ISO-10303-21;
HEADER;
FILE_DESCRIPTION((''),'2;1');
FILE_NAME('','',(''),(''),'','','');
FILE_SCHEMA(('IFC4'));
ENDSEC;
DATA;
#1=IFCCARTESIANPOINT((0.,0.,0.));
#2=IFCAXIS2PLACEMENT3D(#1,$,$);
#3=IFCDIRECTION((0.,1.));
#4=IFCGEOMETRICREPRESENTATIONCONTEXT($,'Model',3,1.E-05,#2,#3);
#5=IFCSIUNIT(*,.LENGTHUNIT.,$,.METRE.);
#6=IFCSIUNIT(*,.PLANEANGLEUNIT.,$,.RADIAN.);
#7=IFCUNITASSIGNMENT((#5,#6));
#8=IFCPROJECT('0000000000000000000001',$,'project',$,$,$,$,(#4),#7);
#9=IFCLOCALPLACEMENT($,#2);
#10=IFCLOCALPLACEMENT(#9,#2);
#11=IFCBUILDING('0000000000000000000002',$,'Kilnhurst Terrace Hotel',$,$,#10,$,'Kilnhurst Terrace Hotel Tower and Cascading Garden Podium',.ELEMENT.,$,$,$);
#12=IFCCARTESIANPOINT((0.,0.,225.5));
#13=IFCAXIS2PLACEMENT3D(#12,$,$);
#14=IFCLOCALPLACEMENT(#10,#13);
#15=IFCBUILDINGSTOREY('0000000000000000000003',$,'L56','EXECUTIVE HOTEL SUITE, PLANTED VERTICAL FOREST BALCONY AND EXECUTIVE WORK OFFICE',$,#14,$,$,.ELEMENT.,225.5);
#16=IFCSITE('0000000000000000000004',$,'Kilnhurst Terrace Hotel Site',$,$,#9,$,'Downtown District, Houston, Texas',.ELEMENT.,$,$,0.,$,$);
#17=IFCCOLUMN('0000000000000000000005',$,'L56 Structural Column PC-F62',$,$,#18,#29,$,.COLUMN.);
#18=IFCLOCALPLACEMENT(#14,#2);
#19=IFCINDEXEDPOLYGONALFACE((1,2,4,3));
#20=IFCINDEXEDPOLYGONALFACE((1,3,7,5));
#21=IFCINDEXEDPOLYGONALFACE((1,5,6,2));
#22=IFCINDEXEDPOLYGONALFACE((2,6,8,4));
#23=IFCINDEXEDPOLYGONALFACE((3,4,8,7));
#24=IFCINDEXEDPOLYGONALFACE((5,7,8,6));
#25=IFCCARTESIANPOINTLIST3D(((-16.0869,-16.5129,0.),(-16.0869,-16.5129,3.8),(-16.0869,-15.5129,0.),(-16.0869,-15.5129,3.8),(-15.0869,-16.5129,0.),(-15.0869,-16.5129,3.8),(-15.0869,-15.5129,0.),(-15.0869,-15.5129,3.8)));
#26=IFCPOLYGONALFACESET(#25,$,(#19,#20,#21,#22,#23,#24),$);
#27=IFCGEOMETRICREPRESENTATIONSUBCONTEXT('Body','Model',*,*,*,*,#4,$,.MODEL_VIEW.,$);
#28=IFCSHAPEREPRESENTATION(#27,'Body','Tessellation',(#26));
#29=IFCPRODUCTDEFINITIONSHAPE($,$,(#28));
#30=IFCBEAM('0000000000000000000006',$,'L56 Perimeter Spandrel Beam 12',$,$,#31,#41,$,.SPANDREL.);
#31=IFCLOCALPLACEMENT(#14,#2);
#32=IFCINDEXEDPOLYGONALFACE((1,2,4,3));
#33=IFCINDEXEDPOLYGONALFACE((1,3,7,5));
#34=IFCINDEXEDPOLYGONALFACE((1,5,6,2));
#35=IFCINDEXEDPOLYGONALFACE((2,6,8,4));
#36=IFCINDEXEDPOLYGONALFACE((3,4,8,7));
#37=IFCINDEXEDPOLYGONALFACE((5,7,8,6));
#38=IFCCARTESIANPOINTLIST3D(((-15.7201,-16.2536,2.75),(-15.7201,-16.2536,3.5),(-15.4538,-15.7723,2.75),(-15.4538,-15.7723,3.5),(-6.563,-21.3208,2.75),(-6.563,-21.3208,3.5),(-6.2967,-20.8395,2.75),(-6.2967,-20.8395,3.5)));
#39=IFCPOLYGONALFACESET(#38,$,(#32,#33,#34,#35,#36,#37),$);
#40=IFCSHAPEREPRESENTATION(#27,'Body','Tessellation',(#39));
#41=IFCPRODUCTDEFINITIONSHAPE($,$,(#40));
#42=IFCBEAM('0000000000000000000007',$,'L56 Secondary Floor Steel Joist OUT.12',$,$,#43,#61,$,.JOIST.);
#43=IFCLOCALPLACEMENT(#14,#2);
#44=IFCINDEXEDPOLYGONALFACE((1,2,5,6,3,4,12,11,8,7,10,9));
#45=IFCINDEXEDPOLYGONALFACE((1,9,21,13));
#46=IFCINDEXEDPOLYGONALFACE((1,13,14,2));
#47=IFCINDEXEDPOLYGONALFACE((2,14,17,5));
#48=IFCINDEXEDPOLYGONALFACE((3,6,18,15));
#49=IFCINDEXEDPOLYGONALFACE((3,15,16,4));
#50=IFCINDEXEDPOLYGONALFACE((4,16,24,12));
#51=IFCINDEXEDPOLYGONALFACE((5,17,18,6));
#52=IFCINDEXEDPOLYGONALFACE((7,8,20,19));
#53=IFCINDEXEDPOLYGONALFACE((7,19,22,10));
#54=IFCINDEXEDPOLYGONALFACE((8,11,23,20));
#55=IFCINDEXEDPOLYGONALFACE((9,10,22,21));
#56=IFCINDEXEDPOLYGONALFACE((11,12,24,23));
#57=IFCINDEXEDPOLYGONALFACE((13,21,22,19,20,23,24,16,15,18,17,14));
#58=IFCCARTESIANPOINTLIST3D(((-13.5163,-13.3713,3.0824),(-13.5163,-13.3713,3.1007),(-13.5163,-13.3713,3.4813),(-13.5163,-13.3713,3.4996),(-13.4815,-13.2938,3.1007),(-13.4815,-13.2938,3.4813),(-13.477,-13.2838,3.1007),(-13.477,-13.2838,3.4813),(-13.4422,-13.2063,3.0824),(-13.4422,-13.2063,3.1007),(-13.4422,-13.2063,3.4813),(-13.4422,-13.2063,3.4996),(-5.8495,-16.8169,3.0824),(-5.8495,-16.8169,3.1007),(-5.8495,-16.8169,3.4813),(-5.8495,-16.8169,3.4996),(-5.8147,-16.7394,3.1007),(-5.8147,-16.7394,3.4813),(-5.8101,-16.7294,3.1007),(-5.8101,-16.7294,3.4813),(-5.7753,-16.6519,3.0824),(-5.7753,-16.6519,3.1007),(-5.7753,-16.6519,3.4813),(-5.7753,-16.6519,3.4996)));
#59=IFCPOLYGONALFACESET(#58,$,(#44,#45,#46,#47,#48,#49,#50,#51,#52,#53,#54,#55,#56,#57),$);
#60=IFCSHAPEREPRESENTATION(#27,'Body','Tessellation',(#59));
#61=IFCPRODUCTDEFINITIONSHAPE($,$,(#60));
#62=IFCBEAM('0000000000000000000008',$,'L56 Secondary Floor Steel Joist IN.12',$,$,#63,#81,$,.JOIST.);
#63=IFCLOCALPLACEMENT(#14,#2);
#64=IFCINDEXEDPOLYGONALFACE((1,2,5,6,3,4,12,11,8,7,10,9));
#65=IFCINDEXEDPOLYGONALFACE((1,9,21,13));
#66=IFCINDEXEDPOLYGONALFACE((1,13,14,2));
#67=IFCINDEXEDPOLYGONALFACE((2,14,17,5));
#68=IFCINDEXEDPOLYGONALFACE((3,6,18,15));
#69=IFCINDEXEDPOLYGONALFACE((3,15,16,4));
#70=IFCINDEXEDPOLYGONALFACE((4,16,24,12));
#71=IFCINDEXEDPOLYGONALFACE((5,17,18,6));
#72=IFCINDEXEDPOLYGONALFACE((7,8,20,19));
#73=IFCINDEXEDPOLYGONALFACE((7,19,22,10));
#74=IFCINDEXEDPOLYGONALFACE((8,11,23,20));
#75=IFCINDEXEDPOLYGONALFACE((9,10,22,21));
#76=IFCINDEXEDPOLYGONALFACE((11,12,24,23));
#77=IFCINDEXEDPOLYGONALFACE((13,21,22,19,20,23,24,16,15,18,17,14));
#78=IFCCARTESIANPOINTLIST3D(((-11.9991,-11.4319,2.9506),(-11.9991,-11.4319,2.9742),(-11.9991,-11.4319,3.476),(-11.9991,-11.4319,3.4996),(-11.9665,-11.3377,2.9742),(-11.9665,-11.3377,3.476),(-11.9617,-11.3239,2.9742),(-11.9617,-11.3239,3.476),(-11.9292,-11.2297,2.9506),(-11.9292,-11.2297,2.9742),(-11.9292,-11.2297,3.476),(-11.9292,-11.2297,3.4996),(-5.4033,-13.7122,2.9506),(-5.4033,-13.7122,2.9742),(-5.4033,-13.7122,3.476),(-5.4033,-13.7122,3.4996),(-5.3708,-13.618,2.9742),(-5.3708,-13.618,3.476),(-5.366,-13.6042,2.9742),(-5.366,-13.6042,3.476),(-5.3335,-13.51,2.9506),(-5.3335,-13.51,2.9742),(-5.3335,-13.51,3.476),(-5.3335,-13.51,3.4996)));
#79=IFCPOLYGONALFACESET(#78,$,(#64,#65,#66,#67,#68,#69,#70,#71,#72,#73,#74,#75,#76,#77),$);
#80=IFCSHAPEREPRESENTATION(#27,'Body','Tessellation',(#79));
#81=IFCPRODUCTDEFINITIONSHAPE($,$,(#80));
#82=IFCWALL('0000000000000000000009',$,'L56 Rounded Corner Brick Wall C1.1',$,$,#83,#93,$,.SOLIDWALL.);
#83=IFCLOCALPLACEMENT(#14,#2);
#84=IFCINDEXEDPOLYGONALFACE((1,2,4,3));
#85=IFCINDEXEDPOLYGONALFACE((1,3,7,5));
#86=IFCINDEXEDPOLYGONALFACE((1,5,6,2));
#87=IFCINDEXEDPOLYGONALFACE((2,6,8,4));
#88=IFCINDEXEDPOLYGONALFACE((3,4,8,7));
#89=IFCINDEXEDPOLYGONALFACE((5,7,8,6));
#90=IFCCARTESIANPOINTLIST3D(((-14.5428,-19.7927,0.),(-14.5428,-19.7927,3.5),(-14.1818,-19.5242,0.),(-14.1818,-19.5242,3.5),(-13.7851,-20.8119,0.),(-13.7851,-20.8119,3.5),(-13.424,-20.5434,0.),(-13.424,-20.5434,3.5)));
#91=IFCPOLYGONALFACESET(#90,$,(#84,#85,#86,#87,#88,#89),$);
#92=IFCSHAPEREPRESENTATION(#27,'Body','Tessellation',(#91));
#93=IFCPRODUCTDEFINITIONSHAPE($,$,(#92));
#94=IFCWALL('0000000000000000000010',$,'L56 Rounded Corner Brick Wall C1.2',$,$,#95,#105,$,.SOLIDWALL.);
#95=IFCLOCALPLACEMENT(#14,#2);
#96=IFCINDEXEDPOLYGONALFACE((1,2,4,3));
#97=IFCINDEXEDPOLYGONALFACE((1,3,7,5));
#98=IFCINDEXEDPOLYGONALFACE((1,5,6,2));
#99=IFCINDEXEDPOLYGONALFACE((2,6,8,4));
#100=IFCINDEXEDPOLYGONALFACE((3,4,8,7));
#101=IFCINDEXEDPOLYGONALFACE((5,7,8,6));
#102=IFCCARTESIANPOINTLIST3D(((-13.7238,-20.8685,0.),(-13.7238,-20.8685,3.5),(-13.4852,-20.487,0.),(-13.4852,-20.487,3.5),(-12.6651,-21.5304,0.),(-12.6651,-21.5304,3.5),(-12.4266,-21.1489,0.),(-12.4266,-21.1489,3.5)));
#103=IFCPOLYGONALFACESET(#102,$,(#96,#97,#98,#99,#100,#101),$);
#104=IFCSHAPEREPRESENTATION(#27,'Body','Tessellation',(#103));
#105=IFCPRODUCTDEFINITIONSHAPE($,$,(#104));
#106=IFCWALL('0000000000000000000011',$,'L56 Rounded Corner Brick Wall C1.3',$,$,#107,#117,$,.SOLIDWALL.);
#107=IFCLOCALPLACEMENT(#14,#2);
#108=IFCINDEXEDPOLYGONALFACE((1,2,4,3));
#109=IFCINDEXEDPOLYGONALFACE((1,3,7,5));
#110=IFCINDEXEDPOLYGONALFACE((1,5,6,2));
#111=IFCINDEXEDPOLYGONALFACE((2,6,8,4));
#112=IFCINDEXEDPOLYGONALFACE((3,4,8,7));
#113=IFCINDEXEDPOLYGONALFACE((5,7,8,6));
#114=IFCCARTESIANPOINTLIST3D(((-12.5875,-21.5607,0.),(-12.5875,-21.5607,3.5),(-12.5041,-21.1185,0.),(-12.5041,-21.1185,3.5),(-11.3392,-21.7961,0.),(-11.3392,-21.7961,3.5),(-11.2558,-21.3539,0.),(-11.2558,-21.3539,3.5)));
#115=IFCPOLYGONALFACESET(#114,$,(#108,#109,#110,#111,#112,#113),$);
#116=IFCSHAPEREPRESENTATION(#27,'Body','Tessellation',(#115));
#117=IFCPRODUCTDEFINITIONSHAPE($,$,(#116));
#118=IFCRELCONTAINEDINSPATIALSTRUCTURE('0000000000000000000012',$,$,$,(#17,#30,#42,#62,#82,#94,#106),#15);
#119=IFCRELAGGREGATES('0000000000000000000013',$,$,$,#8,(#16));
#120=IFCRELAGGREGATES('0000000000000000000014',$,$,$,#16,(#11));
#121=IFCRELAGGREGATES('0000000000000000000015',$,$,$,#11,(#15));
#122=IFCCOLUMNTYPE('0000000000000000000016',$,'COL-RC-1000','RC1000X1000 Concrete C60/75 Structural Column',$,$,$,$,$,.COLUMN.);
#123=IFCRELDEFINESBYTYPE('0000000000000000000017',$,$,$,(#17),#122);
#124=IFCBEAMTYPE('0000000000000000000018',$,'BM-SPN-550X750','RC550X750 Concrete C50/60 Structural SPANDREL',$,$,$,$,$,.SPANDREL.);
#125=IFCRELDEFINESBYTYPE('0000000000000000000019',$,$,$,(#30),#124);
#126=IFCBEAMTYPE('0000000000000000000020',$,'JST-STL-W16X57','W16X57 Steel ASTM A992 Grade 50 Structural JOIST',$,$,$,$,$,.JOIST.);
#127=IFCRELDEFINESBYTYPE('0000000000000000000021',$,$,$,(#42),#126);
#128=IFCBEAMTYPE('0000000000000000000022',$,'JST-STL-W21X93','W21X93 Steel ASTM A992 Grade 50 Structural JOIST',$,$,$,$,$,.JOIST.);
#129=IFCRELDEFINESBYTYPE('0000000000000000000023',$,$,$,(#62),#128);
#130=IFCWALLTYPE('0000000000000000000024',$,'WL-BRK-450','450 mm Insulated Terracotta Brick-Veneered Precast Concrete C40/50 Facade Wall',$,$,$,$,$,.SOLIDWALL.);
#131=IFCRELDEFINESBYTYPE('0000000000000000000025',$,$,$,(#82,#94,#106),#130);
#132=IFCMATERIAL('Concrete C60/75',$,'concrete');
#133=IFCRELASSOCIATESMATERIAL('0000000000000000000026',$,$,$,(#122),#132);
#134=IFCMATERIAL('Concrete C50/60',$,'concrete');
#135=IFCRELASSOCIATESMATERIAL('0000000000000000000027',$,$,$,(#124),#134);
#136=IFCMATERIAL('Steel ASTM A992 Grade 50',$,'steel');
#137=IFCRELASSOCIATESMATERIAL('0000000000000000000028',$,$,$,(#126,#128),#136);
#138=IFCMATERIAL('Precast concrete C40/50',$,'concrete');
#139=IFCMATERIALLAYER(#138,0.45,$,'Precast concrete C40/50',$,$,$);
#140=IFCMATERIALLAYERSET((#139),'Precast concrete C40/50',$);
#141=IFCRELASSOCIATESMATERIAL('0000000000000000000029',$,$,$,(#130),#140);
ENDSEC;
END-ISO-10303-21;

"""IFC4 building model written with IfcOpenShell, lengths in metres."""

from ifc_helpers import new_model, si_unit, direction, frame, frame_2d, origin, origin_2d, place, context, subcontext, project, spatial, rectangle, i_section, extrude, material, layer, layer_set, material_profile, profile_set, type_object, element, save


model = new_model("IFC4")

# Units and contexts
model_context = context("Model", 3, precision=1e-05, world=origin(), true_north=direction((0.0, 1.0)))
body_context = subcontext(model_context, "Body", "Model", "MODEL_VIEW")
ifc_project = project(units=[si_unit("LENGTHUNIT", "METRE"), si_unit("PLANEANGLEUNIT", "RADIAN")], contexts=[model_context])

# Site, building, storey
site_placement = place(None, origin())
site = spatial("IfcSite", under=ifc_project, at=site_placement, Name="Kilnhurst Terrace Hotel Site", LongName="Downtown District, Houston, Texas", CompositionType="ELEMENT", RefElevation=0.0)
building_placement = place(site_placement, origin())
building = spatial("IfcBuilding", under=site, at=building_placement, Name="Kilnhurst Terrace Hotel", LongName="Kilnhurst Terrace Hotel Tower and Cascading Garden Podium", CompositionType="ELEMENT")
storey_placement = place(building_placement, frame((0.0, 0.0, 225.5)))
storey = spatial("IfcBuildingStorey", under=building, at=storey_placement, Name="L56", Description="EXECUTIVE HOTEL SUITE, PLANTED VERTICAL FOREST BALCONY AND EXECUTIVE WORK OFFICE", CompositionType="ELEMENT", Elevation=225.5)

# Column
ifc_material_1 = material(Name="Concrete C60/75", Category="concrete")
ifc_material_profile_1 = material_profile(ifc_material_1, rectangle(XDim=1.0, YDim=1.0, at=origin_2d()), Name="RC1000X1000")
ifc_profile_set_1 = profile_set([ifc_material_profile_1], Name="Concrete C60/75")
column_type = type_object("IfcColumnType", Name="COL-RC-1000", Description="RC1000X1000 Concrete C60/75 Structural Column", PredefinedType="COLUMN", material=ifc_profile_set_1)
column_placement = place(storey_placement, frame((-15.5869, -16.0129, 0.0), z_axis=(0.0, 0.0, 1.0), x_axis=(1.0, 0.0, 0.0)))
element("IfcColumn", 1, at=column_placement, inside=storey, type_object=column_type, Name="L56 Structural Column PC-F62", PredefinedType="COLUMN", context=body_context, shape_type="SweptSolid", body=[
    extrude(rectangle(XDim=1.0, YDim=1.0, at=origin_2d()), origin(), (0.0, 0.0, 1.0), 3.8),
])

# Beams
ifc_material_2 = material(Name="Concrete C50/60", Category="concrete")
ifc_material_profile_2 = material_profile(ifc_material_2, rectangle(XDim=0.55, YDim=0.75, at=origin_2d()), Name="RC550X750")
ifc_profile_set_2 = profile_set([ifc_material_profile_2], Name="Concrete C50/60")
beam_type_1 = type_object("IfcBeamType", Name="BM-SPN-550X750", Description="RC550X750 Concrete C50/60 Structural SPANDREL", PredefinedType="SPANDREL", material=ifc_profile_set_2)
beam_1_placement = place(storey_placement, frame((-15.5869, -16.0129, 3.125), z_axis=(0.87497, -0.484177, 0.0), x_axis=(0.484177, 0.87497, 0.0)))
element("IfcBeam", 2, at=beam_1_placement, inside=storey, type_object=beam_type_1, Name="L56 Perimeter Spandrel Beam 12", PredefinedType="SPANDREL", context=body_context, shape_type="SweptSolid", body=[
    extrude(rectangle(XDim=0.55, YDim=0.75, at=origin_2d()), origin(), (0.0, 0.0, 1.0), 10.4656),
])
ifc_material_3 = material(Name="Steel ASTM A992 Grade 50", Category="steel")
ifc_material_profile_3 = material_profile(ifc_material_3, i_section(OverallWidth=0.1809, OverallDepth=0.4172, WebThickness=0.011, FlangeThickness=0.0183, at=origin_2d()), Name="W16X57")
ifc_profile_set_3 = profile_set([ifc_material_profile_3], Name="Steel ASTM A992 Grade 50")
beam_type_2 = type_object("IfcBeamType", Name="JST-STL-W16X57", Description="W16X57 Steel ASTM A992 Grade 50 Structural JOIST", PredefinedType="JOIST", material=ifc_profile_set_3)
beam_2_placement = place(storey_placement, frame((-13.4792, -13.2888, 3.291), z_axis=(0.912121, -0.409921, 0.0), x_axis=(0.409921, 0.912121, 0.0)))
element("IfcBeam", 3, at=beam_2_placement, inside=storey, type_object=beam_type_2, Name="L56 Secondary Floor Steel Joist OUT.12", PredefinedType="JOIST", context=body_context, shape_type="SweptSolid", body=[
    extrude(i_section(OverallWidth=0.1809, OverallDepth=0.4172, WebThickness=0.011, FlangeThickness=0.0183, at=origin_2d()), origin(), (0.0, 0.0, 1.0), 8.4055),
])
ifc_material_profile_4 = material_profile(ifc_material_3, i_section(OverallWidth=0.2139, OverallDepth=0.5491, WebThickness=0.0146, FlangeThickness=0.0237, at=origin_2d()), Name="W21X93")
ifc_profile_set_4 = profile_set([ifc_material_profile_4], Name="Steel ASTM A992 Grade 50")
beam_type_3 = type_object("IfcBeamType", Name="JST-STL-W21X93", Description="W21X93 Steel ASTM A992 Grade 50 Structural JOIST", PredefinedType="JOIST", material=ifc_profile_set_4)
beam_3_placement = place(storey_placement, frame((-11.9641, -11.3308, 3.2251), z_axis=(0.945112, -0.326745, 0.0), x_axis=(0.326745, 0.945112, 0.0)))
element("IfcBeam", 4, at=beam_3_placement, inside=storey, type_object=beam_type_3, Name="L56 Secondary Floor Steel Joist IN.12", PredefinedType="JOIST", context=body_context, shape_type="SweptSolid", body=[
    extrude(i_section(OverallWidth=0.2139, OverallDepth=0.5491, WebThickness=0.0146, FlangeThickness=0.0237, at=origin_2d()), origin(), (0.0, 0.0, 1.0), 6.9788),
])

# Walls
ifc_material_4 = material(Name="Precast concrete C40/50", Category="concrete")
ifc_layer_1 = layer(ifc_material_4, 0.45, Name="Precast concrete C40/50")
ifc_layer_set_1 = layer_set([ifc_layer_1], Name="Precast concrete C40/50")
wall_type_1 = type_object("IfcWallType", Name="WL-BRK-450", Description="450 mm Insulated Terracotta Brick-Veneered Precast Concrete C40/50 Facade Wall", PredefinedType="SOLIDWALL", material=ifc_layer_set_1)
wall_1_placement = place(storey_placement, frame((-14.3623, -19.6584, 0.0), z_axis=(0.0, 0.0, 1.0), x_axis=(0.596642, -0.802507, 0.0)))
element("IfcWall", 5, at=wall_1_placement, inside=storey, type_object=wall_type_1, Name="L56 Rounded Corner Brick Wall C1.1", PredefinedType="SOLIDWALL", context=body_context, shape_type="SweptSolid", body=[
    extrude(rectangle(XDim=1.27, YDim=0.45, at=frame_2d((0.635, 0.0))), origin(), (0.0, 0.0, 1.0), 3.5),
])
wall_2_placement = place(storey_placement, frame((-13.6045, -20.6777, 0.0), z_axis=(0.0, 0.0, 1.0), x_axis=(0.84791, -0.53014, 0.0)))
element("IfcWall", 6, at=wall_2_placement, inside=storey, type_object=wall_type_1, Name="L56 Rounded Corner Brick Wall C1.2", PredefinedType="SOLIDWALL", context=body_context, shape_type="SweptSolid", body=[
    extrude(rectangle(XDim=1.2485, YDim=0.45, at=frame_2d((0.6243, 0.0))), origin(), (0.0, 0.0, 1.0), 3.5),
])
wall_3_placement = place(storey_placement, frame((-12.5459, -21.3396, 0.0), z_axis=(0.0, 0.0, 1.0), x_axis=(0.982687, -0.185275, 0.0)))
element("IfcWall", 7, at=wall_3_placement, inside=storey, type_object=wall_type_1, Name="L56 Rounded Corner Brick Wall C1.3", PredefinedType="SOLIDWALL", context=body_context, shape_type="SweptSolid", body=[
    extrude(rectangle(XDim=1.2703, YDim=0.45, at=frame_2d((0.6353, 0.0))), origin(), (0.0, 0.0, 1.0), 3.5),
])

save(model, "model.ifc")
